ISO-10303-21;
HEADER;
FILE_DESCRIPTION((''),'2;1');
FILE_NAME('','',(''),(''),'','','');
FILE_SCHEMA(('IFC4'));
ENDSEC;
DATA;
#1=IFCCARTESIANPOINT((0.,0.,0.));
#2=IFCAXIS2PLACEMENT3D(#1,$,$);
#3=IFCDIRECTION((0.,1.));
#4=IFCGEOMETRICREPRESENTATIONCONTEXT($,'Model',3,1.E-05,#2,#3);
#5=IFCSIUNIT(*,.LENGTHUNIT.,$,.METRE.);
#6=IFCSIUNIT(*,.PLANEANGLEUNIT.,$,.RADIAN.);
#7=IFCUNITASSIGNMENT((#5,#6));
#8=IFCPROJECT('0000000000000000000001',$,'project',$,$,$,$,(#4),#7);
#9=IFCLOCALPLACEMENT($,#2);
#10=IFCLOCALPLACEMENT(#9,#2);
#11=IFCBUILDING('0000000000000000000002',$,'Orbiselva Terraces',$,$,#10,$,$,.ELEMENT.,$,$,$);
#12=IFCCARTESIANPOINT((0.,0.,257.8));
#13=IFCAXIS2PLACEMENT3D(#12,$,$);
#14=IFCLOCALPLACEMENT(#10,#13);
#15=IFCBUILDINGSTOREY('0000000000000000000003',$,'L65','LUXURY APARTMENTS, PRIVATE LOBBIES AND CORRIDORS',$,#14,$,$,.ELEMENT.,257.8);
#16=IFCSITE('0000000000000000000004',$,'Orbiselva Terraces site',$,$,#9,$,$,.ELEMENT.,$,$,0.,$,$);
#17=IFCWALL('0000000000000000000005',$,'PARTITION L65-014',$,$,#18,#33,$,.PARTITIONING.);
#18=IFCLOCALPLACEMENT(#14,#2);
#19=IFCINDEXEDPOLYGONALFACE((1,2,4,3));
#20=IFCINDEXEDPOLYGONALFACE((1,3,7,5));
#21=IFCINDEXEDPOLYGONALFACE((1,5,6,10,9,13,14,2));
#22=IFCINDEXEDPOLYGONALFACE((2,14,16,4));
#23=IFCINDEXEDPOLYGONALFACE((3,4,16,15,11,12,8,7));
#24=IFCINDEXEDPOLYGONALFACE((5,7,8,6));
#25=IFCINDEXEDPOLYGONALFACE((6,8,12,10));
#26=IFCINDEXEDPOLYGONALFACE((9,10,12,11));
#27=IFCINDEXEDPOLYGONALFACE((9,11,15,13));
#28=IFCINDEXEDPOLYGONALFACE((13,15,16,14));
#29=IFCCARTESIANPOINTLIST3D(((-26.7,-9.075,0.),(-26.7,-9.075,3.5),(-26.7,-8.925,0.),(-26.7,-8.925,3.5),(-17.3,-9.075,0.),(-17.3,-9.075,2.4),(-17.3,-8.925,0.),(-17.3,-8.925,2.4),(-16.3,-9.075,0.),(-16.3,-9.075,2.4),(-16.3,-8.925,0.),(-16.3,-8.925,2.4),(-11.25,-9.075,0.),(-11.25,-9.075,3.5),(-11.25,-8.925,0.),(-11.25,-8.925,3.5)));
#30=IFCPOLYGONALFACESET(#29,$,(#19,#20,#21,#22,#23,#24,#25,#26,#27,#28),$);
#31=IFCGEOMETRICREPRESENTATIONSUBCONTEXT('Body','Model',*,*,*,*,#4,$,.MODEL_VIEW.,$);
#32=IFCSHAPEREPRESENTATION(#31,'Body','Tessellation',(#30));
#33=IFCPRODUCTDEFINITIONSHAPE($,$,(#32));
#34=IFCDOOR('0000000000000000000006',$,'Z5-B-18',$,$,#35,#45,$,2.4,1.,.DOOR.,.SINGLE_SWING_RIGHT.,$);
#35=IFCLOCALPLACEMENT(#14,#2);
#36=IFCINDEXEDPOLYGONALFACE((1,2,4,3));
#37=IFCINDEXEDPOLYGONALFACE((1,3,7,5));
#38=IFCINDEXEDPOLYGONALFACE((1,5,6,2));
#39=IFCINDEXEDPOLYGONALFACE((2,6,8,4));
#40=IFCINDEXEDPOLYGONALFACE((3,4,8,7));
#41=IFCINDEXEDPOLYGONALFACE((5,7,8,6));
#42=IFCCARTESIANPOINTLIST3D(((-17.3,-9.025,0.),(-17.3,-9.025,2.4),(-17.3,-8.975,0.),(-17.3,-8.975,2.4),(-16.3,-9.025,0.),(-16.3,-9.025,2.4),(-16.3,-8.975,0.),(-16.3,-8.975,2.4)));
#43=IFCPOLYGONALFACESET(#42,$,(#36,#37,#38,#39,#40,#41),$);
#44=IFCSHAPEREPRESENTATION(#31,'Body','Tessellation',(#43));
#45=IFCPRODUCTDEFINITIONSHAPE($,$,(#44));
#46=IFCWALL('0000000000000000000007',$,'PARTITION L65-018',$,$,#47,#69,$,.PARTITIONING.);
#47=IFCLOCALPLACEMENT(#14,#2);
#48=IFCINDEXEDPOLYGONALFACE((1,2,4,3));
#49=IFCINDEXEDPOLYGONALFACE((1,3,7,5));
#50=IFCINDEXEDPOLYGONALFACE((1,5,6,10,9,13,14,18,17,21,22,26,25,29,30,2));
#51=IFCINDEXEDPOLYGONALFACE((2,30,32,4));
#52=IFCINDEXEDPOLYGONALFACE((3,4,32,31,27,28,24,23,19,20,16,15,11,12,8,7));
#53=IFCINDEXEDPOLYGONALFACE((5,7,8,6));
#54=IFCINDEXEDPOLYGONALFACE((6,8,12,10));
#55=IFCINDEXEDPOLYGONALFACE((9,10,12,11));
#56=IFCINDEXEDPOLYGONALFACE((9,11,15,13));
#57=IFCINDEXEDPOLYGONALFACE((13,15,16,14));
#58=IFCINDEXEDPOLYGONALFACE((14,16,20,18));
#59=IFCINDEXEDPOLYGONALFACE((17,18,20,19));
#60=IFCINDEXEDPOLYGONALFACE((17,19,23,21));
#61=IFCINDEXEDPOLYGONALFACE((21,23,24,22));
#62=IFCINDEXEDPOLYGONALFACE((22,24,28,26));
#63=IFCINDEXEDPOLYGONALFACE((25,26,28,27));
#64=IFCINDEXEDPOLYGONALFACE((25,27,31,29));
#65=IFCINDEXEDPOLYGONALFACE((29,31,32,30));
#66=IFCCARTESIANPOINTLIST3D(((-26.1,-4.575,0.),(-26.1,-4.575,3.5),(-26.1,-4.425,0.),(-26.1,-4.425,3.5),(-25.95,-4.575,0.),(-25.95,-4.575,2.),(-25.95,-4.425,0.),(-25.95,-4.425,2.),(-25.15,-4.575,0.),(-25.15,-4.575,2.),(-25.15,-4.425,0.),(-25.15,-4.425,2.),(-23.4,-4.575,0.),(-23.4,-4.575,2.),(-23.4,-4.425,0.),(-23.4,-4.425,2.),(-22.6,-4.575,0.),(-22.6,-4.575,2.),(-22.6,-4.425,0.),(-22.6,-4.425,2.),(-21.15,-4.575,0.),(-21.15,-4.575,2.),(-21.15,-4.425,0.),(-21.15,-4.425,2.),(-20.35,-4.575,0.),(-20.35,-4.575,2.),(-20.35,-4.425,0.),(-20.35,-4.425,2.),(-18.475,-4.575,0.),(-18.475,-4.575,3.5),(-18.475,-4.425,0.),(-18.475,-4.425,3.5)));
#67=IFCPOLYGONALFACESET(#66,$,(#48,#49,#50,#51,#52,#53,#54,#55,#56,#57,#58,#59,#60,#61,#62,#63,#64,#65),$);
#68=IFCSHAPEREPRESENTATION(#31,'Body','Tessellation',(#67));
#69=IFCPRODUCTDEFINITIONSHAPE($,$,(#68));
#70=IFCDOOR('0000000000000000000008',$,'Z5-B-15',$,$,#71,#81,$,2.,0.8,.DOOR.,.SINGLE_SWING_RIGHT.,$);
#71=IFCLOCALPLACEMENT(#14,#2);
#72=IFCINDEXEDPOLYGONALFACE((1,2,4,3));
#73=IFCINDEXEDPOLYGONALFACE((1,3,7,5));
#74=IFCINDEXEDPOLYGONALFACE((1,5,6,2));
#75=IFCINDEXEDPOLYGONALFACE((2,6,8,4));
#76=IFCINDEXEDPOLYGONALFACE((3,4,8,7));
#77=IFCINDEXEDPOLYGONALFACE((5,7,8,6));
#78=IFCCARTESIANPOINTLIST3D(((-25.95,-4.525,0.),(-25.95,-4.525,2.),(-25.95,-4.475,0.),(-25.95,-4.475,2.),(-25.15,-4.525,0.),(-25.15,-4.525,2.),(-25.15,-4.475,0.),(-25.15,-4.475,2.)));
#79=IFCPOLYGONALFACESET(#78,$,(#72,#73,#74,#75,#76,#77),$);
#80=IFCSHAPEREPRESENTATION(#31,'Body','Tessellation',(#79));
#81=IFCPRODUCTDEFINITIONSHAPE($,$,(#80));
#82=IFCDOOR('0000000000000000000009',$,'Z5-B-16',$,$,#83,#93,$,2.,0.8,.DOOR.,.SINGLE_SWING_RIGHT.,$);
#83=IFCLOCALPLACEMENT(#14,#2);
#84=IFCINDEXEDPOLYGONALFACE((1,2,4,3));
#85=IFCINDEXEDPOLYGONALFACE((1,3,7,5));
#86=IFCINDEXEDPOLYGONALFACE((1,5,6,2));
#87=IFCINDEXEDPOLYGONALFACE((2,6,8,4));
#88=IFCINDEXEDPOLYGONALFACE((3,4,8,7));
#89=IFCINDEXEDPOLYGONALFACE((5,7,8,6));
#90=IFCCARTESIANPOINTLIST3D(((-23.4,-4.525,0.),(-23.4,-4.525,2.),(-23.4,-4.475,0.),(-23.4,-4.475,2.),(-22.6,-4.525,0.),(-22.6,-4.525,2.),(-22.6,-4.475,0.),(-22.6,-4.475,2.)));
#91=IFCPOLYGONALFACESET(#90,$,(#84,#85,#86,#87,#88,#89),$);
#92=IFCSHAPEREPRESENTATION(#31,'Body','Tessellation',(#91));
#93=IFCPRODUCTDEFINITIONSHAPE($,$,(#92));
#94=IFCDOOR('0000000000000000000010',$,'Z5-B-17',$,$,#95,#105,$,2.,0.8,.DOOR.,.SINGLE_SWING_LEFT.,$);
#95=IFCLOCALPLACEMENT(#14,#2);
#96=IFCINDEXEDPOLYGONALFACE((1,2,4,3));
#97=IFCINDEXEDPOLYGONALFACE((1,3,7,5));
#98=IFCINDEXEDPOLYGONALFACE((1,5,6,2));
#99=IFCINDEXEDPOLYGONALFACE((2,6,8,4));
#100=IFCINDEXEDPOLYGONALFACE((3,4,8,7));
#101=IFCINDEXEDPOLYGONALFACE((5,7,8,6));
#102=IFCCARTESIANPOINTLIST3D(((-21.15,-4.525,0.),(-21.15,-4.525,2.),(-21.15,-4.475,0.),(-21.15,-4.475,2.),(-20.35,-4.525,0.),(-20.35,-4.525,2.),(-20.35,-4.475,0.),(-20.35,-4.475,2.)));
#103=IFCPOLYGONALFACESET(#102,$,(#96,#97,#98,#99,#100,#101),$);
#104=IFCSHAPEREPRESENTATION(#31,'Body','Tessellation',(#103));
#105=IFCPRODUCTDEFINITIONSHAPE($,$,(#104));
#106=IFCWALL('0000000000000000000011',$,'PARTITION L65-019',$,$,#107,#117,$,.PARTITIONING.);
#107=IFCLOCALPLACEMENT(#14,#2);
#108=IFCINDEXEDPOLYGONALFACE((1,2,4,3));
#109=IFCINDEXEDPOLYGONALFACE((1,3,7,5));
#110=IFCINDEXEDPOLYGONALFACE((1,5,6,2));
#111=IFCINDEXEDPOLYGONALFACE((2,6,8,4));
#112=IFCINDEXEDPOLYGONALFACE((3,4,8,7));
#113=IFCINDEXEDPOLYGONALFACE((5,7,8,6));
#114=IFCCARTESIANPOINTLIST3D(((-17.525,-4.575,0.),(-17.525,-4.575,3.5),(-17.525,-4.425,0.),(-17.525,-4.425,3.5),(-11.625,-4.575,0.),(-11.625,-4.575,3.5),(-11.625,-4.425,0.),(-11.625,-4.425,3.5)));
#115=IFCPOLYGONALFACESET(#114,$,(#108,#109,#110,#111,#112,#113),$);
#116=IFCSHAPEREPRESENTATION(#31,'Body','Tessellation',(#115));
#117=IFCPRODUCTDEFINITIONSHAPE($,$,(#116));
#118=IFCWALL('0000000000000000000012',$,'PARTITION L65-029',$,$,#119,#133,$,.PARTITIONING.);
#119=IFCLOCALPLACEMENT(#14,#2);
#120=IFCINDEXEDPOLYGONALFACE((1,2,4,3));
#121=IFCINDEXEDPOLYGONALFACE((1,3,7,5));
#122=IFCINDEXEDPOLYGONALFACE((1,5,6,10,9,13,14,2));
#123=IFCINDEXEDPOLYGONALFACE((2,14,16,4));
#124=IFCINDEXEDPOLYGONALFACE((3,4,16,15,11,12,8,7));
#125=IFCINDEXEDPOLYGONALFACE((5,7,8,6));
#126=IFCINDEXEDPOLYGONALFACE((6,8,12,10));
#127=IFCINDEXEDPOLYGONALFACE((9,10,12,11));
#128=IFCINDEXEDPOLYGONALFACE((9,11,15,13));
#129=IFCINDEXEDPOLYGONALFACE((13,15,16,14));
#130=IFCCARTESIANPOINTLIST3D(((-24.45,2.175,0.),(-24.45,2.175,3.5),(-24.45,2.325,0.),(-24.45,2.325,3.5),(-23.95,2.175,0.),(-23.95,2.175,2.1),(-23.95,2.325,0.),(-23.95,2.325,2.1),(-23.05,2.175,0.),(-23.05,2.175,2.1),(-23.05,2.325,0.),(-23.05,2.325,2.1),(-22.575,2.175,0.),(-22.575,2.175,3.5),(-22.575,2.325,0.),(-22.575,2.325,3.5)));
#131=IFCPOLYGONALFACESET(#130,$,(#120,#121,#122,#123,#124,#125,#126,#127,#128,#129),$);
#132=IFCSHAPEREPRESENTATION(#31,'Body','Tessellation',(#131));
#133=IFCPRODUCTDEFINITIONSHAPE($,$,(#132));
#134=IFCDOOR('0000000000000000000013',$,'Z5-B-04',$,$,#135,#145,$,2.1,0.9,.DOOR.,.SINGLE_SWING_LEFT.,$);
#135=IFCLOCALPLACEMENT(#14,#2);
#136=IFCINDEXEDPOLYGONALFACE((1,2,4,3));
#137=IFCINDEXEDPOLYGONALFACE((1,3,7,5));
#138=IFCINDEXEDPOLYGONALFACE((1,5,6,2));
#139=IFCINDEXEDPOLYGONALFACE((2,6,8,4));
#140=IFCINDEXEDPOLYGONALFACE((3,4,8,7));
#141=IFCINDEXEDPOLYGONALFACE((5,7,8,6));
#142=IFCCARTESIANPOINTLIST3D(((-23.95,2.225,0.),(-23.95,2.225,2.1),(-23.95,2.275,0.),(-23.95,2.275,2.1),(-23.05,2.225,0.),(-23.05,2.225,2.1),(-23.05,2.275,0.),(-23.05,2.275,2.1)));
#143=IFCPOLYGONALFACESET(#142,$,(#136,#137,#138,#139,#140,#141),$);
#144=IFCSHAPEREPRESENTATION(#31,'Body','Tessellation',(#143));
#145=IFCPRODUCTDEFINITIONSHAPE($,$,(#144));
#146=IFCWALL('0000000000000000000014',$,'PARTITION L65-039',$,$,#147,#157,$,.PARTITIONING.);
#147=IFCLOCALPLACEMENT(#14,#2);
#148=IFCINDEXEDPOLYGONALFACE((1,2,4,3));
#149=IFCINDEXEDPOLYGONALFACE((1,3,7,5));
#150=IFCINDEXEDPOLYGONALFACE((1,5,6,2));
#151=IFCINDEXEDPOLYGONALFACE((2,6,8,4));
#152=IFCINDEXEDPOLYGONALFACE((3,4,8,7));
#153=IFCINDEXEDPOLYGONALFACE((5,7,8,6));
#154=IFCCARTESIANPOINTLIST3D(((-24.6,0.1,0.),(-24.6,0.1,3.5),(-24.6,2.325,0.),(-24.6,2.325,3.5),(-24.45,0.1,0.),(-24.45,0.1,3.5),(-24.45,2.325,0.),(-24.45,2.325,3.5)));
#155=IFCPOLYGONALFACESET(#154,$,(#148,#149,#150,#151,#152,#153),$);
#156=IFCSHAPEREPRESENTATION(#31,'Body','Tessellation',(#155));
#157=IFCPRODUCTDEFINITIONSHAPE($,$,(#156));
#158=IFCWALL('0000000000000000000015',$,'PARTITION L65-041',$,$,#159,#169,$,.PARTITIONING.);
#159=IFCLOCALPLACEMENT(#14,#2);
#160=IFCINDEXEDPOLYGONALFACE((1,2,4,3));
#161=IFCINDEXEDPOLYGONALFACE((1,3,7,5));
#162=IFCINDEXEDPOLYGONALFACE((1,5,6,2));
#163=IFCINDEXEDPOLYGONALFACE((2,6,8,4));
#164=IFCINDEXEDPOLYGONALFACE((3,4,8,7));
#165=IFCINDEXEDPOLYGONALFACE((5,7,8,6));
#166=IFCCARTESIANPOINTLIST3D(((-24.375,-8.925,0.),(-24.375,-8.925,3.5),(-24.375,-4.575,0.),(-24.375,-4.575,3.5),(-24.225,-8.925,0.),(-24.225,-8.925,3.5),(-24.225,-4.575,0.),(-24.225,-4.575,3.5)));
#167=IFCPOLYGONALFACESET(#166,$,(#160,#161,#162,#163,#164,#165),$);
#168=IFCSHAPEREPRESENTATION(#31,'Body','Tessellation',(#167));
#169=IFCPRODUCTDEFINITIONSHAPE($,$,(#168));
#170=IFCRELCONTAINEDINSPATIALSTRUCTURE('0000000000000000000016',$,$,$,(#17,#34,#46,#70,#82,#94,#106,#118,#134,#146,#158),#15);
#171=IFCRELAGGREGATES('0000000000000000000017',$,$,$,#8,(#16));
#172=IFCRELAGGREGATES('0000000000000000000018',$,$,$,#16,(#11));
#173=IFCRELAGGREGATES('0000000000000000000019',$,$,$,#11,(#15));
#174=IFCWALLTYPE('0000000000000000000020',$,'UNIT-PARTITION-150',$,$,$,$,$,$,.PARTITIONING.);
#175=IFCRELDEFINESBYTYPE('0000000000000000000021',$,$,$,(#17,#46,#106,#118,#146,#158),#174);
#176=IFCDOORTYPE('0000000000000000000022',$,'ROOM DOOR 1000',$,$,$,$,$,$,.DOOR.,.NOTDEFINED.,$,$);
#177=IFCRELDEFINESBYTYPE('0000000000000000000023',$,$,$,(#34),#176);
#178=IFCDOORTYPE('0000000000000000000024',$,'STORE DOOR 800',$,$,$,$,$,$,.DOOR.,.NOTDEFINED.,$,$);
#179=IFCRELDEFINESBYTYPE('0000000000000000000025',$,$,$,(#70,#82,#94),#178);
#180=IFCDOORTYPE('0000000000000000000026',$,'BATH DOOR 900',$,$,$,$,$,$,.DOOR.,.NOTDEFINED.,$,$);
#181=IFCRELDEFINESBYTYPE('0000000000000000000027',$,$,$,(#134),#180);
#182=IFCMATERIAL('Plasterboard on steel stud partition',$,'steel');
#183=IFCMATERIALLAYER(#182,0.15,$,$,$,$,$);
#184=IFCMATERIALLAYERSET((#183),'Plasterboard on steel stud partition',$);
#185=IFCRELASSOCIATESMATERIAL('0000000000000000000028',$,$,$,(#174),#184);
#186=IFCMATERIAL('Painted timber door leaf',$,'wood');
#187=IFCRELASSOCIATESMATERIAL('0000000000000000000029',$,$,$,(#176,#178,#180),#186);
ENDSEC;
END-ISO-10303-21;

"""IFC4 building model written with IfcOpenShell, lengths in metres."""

from ifc_helpers import new_model, si_unit, direction, frame, frame_2d, origin, place, context, subcontext, project, spatial, rectangle, extrude, material, layer, layer_set, type_object, element, fill, save


model = new_model("IFC4")

# Units and contexts
model_context = context("Model", 3, precision=1e-05, world=origin(), true_north=direction((0.0, 1.0)))
body_context = subcontext(model_context, "Body", "Model", "MODEL_VIEW")
ifc_project = project(units=[si_unit("LENGTHUNIT", "METRE"), si_unit("PLANEANGLEUNIT", "RADIAN")], contexts=[model_context])

# Site, building, storey
site_placement = place(None, origin())
site = spatial("IfcSite", under=ifc_project, at=site_placement, Name="Orbiselva Terraces site", CompositionType="ELEMENT", RefElevation=0.0)
building_placement = place(site_placement, origin())
building = spatial("IfcBuilding", under=site, at=building_placement, Name="Orbiselva Terraces", CompositionType="ELEMENT")
storey_placement = place(building_placement, frame((0.0, 0.0, 257.8)))
storey = spatial("IfcBuildingStorey", under=building, at=storey_placement, Name="L65", Description="LUXURY APARTMENTS, PRIVATE LOBBIES AND CORRIDORS", CompositionType="ELEMENT", Elevation=257.8)

# Shared definitions
ifc_material_1 = material(Name="Plasterboard on steel stud partition", Category="steel")

# Wall, opening, door
ifc_layer_1 = layer(ifc_material_1, 0.15)
ifc_layer_set_1 = layer_set([ifc_layer_1], Name="Plasterboard on steel stud partition")
wall_type_1 = type_object("IfcWallType", Name="UNIT-PARTITION-150", PredefinedType="PARTITIONING", material=ifc_layer_set_1)
wall_1_placement = place(storey_placement, frame((-26.7, -9.0, 0.0), z_axis=(0.0, 0.0, 1.0), x_axis=(1.0, 0.0, 0.0)))
wall_1 = element("IfcWall", 1, at=wall_1_placement, inside=storey, type_object=wall_type_1, Name="PARTITION L65-014", PredefinedType="PARTITIONING", context=body_context, shape_type="SweptSolid", body=[
    extrude(rectangle(XDim=15.45, YDim=0.15, at=frame_2d((7.725, 0.0))), origin(), (0.0, 0.0, 1.0), 3.5),
])
opening_1_placement = place(wall_1_placement, frame((9.4, 0.0, 0.0)))
opening_1 = element("IfcOpeningElement", 2, at=opening_1_placement, cuts=wall_1, PredefinedType="OPENING", context=body_context, shape_type="SweptSolid", body=[
    extrude(rectangle(XDim=1.0, YDim=2.4, at=frame_2d((0.5, 1.2))), frame((0.0, 0.085, 0.0), z_axis=(0.0, -1.0, 0.0), x_axis=(1.0, 0.0, 0.0)), (0.0, 0.0, 1.0), 0.17),
])
ifc_material_2 = material(Name="Painted timber door leaf", Category="wood")
door_type_1 = type_object("IfcDoorType", Name="ROOM DOOR 1000", OperationType="NOTDEFINED", PredefinedType="DOOR", material=ifc_material_2)
door_1_placement = place(opening_1_placement, origin())
door_1 = element("IfcDoor", 3, at=door_1_placement, inside=storey, type_object=door_type_1, Name="Z5-B-18", OperationType="SINGLE_SWING_RIGHT", OverallHeight=2.4, OverallWidth=1.0, PredefinedType="DOOR", context=body_context, shape_type="SweptSolid", body=[
    extrude(rectangle(XDim=1.0, YDim=2.4, at=frame_2d((0.5, 1.2))), frame((0.0, 0.025, 0.0), z_axis=(0.0, -1.0, 0.0), x_axis=(1.0, 0.0, 0.0)), (0.0, 0.0, 1.0), 0.05),
])
fill(opening_1, door_1)

# Wall, openings, doors
wall_2_placement = place(storey_placement, frame((-18.475, -4.5, 0.0), z_axis=(0.0, 0.0, 1.0), x_axis=(-1.0, 0.0, 0.0)))
wall_2 = element("IfcWall", 4, at=wall_2_placement, inside=storey, type_object=wall_type_1, Name="PARTITION L65-018", PredefinedType="PARTITIONING", context=body_context, shape_type="SweptSolid", body=[
    extrude(rectangle(XDim=7.625, YDim=0.15, at=frame_2d((3.8125, 0.0))), origin(), (0.0, 0.0, 1.0), 3.5),
])
opening_2_placement = place(wall_2_placement, frame((6.675, 0.0, 0.0)))
opening_2 = element("IfcOpeningElement", 5, at=opening_2_placement, cuts=wall_2, PredefinedType="OPENING", context=body_context, shape_type="SweptSolid", body=[
    extrude(rectangle(XDim=0.8, YDim=2.0, at=frame_2d((0.4, 1.0))), frame((0.0, 0.085, 0.0), z_axis=(0.0, -1.0, 0.0), x_axis=(1.0, 0.0, 0.0)), (0.0, 0.0, 1.0), 0.17),
])
opening_3_placement = place(wall_2_placement, frame((4.125, 0.0, 0.0)))
opening_3 = element("IfcOpeningElement", 6, at=opening_3_placement, cuts=wall_2, PredefinedType="OPENING", context=body_context, shape_type="SweptSolid", body=[
    extrude(rectangle(XDim=0.8, YDim=2.0, at=frame_2d((0.4, 1.0))), frame((0.0, 0.085, 0.0), z_axis=(0.0, -1.0, 0.0), x_axis=(1.0, 0.0, 0.0)), (0.0, 0.0, 1.0), 0.17),
])
opening_4_placement = place(wall_2_placement, frame((1.875, 0.0, 0.0)))
opening_4 = element("IfcOpeningElement", 7, at=opening_4_placement, cuts=wall_2, PredefinedType="OPENING", context=body_context, shape_type="SweptSolid", body=[
    extrude(rectangle(XDim=0.8, YDim=2.0, at=frame_2d((0.4, 1.0))), frame((0.0, 0.085, 0.0), z_axis=(0.0, -1.0, 0.0), x_axis=(1.0, 0.0, 0.0)), (0.0, 0.0, 1.0), 0.17),
])
door_type_2 = type_object("IfcDoorType", Name="STORE DOOR 800", OperationType="NOTDEFINED", PredefinedType="DOOR", material=ifc_material_2)
door_2_placement = place(opening_2_placement, origin())
door_2 = element("IfcDoor", 8, at=door_2_placement, inside=storey, type_object=door_type_2, Name="Z5-B-15", OperationType="SINGLE_SWING_RIGHT", OverallHeight=2.0, OverallWidth=0.8, PredefinedType="DOOR", context=body_context, shape_type="SweptSolid", body=[
    extrude(rectangle(XDim=0.8, YDim=2.0, at=frame_2d((0.4, 1.0))), frame((0.0, 0.025, 0.0), z_axis=(0.0, -1.0, 0.0), x_axis=(1.0, 0.0, 0.0)), (0.0, 0.0, 1.0), 0.05),
])
fill(opening_2, door_2)
door_3_placement = place(opening_3_placement, origin())
door_3 = element("IfcDoor", 9, at=door_3_placement, inside=storey, type_object=door_type_2, Name="Z5-B-16", OperationType="SINGLE_SWING_RIGHT", OverallHeight=2.0, OverallWidth=0.8, PredefinedType="DOOR", context=body_context, shape_type="SweptSolid", body=[
    extrude(rectangle(XDim=0.8, YDim=2.0, at=frame_2d((0.4, 1.0))), frame((0.0, 0.025, 0.0), z_axis=(0.0, -1.0, 0.0), x_axis=(1.0, 0.0, 0.0)), (0.0, 0.0, 1.0), 0.05),
])
fill(opening_3, door_3)
door_4_placement = place(opening_4_placement, origin())
door_4 = element("IfcDoor", 10, at=door_4_placement, inside=storey, type_object=door_type_2, Name="Z5-B-17", OperationType="SINGLE_SWING_LEFT", OverallHeight=2.0, OverallWidth=0.8, PredefinedType="DOOR", context=body_context, shape_type="SweptSolid", body=[
    extrude(rectangle(XDim=0.8, YDim=2.0, at=frame_2d((0.4, 1.0))), frame((0.0, 0.025, 0.0), z_axis=(0.0, -1.0, 0.0), x_axis=(1.0, 0.0, 0.0)), (0.0, 0.0, 1.0), 0.05),
])
fill(opening_4, door_4)

# Wall
wall_3_placement = place(storey_placement, frame((-17.525, -4.5, 0.0), z_axis=(0.0, 0.0, 1.0), x_axis=(1.0, 0.0, 0.0)))
element("IfcWall", 11, at=wall_3_placement, inside=storey, type_object=wall_type_1, Name="PARTITION L65-019", PredefinedType="PARTITIONING", context=body_context, shape_type="SweptSolid", body=[
    extrude(rectangle(XDim=5.9, YDim=0.15, at=frame_2d((2.95, 0.0))), origin(), (0.0, 0.0, 1.0), 3.5),
])

# Wall, opening, door
wall_4_placement = place(storey_placement, frame((-22.575, 2.25, 0.0), z_axis=(0.0, 0.0, 1.0), x_axis=(-1.0, 0.0, 0.0)))
wall_4 = element("IfcWall", 12, at=wall_4_placement, inside=storey, type_object=wall_type_1, Name="PARTITION L65-029", PredefinedType="PARTITIONING", context=body_context, shape_type="SweptSolid", body=[
    extrude(rectangle(XDim=1.875, YDim=0.15, at=frame_2d((0.9375, 0.0))), origin(), (0.0, 0.0, 1.0), 3.5),
])
opening_5_placement = place(wall_4_placement, frame((0.475, 0.0, 0.0)))
opening_5 = element("IfcOpeningElement", 13, at=opening_5_placement, cuts=wall_4, PredefinedType="OPENING", context=body_context, shape_type="SweptSolid", body=[
    extrude(rectangle(XDim=0.9, YDim=2.1, at=frame_2d((0.45, 1.05))), frame((0.0, 0.085, 0.0), z_axis=(0.0, -1.0, 0.0), x_axis=(1.0, 0.0, 0.0)), (0.0, 0.0, 1.0), 0.17),
])
door_type_3 = type_object("IfcDoorType", Name="BATH DOOR 900", OperationType="NOTDEFINED", PredefinedType="DOOR", material=ifc_material_2)
door_5_placement = place(opening_5_placement, origin())
door_5 = element("IfcDoor", 14, at=door_5_placement, inside=storey, type_object=door_type_3, Name="Z5-B-04", OperationType="SINGLE_SWING_LEFT", OverallHeight=2.1, OverallWidth=0.9, PredefinedType="DOOR", context=body_context, shape_type="SweptSolid", body=[
    extrude(rectangle(XDim=0.9, YDim=2.1, at=frame_2d((0.45, 1.05))), frame((0.0, 0.025, 0.0), z_axis=(0.0, -1.0, 0.0), x_axis=(1.0, 0.0, 0.0)), (0.0, 0.0, 1.0), 0.05),
])
fill(opening_5, door_5)

# Walls
wall_5_placement = place(storey_placement, frame((-24.525, 0.1, 0.0), z_axis=(0.0, 0.0, 1.0), x_axis=(0.0, 1.0, 0.0)))
element("IfcWall", 15, at=wall_5_placement, inside=storey, type_object=wall_type_1, Name="PARTITION L65-039", PredefinedType="PARTITIONING", context=body_context, shape_type="SweptSolid", body=[
    extrude(rectangle(XDim=2.225, YDim=0.15, at=frame_2d((1.1125, 0.0))), origin(), (0.0, 0.0, 1.0), 3.5),
])
wall_6_placement = place(storey_placement, frame((-24.3, -8.925, 0.0), z_axis=(0.0, 0.0, 1.0), x_axis=(0.0, 1.0, 0.0)))
element("IfcWall", 16, at=wall_6_placement, inside=storey, type_object=wall_type_1, Name="PARTITION L65-041", PredefinedType="PARTITIONING", context=body_context, shape_type="SweptSolid", body=[
    extrude(rectangle(XDim=4.35, YDim=0.15, at=frame_2d((2.175, 0.0))), origin(), (0.0, 0.0, 1.0), 3.5),
])

save(model, "model.ifc")
